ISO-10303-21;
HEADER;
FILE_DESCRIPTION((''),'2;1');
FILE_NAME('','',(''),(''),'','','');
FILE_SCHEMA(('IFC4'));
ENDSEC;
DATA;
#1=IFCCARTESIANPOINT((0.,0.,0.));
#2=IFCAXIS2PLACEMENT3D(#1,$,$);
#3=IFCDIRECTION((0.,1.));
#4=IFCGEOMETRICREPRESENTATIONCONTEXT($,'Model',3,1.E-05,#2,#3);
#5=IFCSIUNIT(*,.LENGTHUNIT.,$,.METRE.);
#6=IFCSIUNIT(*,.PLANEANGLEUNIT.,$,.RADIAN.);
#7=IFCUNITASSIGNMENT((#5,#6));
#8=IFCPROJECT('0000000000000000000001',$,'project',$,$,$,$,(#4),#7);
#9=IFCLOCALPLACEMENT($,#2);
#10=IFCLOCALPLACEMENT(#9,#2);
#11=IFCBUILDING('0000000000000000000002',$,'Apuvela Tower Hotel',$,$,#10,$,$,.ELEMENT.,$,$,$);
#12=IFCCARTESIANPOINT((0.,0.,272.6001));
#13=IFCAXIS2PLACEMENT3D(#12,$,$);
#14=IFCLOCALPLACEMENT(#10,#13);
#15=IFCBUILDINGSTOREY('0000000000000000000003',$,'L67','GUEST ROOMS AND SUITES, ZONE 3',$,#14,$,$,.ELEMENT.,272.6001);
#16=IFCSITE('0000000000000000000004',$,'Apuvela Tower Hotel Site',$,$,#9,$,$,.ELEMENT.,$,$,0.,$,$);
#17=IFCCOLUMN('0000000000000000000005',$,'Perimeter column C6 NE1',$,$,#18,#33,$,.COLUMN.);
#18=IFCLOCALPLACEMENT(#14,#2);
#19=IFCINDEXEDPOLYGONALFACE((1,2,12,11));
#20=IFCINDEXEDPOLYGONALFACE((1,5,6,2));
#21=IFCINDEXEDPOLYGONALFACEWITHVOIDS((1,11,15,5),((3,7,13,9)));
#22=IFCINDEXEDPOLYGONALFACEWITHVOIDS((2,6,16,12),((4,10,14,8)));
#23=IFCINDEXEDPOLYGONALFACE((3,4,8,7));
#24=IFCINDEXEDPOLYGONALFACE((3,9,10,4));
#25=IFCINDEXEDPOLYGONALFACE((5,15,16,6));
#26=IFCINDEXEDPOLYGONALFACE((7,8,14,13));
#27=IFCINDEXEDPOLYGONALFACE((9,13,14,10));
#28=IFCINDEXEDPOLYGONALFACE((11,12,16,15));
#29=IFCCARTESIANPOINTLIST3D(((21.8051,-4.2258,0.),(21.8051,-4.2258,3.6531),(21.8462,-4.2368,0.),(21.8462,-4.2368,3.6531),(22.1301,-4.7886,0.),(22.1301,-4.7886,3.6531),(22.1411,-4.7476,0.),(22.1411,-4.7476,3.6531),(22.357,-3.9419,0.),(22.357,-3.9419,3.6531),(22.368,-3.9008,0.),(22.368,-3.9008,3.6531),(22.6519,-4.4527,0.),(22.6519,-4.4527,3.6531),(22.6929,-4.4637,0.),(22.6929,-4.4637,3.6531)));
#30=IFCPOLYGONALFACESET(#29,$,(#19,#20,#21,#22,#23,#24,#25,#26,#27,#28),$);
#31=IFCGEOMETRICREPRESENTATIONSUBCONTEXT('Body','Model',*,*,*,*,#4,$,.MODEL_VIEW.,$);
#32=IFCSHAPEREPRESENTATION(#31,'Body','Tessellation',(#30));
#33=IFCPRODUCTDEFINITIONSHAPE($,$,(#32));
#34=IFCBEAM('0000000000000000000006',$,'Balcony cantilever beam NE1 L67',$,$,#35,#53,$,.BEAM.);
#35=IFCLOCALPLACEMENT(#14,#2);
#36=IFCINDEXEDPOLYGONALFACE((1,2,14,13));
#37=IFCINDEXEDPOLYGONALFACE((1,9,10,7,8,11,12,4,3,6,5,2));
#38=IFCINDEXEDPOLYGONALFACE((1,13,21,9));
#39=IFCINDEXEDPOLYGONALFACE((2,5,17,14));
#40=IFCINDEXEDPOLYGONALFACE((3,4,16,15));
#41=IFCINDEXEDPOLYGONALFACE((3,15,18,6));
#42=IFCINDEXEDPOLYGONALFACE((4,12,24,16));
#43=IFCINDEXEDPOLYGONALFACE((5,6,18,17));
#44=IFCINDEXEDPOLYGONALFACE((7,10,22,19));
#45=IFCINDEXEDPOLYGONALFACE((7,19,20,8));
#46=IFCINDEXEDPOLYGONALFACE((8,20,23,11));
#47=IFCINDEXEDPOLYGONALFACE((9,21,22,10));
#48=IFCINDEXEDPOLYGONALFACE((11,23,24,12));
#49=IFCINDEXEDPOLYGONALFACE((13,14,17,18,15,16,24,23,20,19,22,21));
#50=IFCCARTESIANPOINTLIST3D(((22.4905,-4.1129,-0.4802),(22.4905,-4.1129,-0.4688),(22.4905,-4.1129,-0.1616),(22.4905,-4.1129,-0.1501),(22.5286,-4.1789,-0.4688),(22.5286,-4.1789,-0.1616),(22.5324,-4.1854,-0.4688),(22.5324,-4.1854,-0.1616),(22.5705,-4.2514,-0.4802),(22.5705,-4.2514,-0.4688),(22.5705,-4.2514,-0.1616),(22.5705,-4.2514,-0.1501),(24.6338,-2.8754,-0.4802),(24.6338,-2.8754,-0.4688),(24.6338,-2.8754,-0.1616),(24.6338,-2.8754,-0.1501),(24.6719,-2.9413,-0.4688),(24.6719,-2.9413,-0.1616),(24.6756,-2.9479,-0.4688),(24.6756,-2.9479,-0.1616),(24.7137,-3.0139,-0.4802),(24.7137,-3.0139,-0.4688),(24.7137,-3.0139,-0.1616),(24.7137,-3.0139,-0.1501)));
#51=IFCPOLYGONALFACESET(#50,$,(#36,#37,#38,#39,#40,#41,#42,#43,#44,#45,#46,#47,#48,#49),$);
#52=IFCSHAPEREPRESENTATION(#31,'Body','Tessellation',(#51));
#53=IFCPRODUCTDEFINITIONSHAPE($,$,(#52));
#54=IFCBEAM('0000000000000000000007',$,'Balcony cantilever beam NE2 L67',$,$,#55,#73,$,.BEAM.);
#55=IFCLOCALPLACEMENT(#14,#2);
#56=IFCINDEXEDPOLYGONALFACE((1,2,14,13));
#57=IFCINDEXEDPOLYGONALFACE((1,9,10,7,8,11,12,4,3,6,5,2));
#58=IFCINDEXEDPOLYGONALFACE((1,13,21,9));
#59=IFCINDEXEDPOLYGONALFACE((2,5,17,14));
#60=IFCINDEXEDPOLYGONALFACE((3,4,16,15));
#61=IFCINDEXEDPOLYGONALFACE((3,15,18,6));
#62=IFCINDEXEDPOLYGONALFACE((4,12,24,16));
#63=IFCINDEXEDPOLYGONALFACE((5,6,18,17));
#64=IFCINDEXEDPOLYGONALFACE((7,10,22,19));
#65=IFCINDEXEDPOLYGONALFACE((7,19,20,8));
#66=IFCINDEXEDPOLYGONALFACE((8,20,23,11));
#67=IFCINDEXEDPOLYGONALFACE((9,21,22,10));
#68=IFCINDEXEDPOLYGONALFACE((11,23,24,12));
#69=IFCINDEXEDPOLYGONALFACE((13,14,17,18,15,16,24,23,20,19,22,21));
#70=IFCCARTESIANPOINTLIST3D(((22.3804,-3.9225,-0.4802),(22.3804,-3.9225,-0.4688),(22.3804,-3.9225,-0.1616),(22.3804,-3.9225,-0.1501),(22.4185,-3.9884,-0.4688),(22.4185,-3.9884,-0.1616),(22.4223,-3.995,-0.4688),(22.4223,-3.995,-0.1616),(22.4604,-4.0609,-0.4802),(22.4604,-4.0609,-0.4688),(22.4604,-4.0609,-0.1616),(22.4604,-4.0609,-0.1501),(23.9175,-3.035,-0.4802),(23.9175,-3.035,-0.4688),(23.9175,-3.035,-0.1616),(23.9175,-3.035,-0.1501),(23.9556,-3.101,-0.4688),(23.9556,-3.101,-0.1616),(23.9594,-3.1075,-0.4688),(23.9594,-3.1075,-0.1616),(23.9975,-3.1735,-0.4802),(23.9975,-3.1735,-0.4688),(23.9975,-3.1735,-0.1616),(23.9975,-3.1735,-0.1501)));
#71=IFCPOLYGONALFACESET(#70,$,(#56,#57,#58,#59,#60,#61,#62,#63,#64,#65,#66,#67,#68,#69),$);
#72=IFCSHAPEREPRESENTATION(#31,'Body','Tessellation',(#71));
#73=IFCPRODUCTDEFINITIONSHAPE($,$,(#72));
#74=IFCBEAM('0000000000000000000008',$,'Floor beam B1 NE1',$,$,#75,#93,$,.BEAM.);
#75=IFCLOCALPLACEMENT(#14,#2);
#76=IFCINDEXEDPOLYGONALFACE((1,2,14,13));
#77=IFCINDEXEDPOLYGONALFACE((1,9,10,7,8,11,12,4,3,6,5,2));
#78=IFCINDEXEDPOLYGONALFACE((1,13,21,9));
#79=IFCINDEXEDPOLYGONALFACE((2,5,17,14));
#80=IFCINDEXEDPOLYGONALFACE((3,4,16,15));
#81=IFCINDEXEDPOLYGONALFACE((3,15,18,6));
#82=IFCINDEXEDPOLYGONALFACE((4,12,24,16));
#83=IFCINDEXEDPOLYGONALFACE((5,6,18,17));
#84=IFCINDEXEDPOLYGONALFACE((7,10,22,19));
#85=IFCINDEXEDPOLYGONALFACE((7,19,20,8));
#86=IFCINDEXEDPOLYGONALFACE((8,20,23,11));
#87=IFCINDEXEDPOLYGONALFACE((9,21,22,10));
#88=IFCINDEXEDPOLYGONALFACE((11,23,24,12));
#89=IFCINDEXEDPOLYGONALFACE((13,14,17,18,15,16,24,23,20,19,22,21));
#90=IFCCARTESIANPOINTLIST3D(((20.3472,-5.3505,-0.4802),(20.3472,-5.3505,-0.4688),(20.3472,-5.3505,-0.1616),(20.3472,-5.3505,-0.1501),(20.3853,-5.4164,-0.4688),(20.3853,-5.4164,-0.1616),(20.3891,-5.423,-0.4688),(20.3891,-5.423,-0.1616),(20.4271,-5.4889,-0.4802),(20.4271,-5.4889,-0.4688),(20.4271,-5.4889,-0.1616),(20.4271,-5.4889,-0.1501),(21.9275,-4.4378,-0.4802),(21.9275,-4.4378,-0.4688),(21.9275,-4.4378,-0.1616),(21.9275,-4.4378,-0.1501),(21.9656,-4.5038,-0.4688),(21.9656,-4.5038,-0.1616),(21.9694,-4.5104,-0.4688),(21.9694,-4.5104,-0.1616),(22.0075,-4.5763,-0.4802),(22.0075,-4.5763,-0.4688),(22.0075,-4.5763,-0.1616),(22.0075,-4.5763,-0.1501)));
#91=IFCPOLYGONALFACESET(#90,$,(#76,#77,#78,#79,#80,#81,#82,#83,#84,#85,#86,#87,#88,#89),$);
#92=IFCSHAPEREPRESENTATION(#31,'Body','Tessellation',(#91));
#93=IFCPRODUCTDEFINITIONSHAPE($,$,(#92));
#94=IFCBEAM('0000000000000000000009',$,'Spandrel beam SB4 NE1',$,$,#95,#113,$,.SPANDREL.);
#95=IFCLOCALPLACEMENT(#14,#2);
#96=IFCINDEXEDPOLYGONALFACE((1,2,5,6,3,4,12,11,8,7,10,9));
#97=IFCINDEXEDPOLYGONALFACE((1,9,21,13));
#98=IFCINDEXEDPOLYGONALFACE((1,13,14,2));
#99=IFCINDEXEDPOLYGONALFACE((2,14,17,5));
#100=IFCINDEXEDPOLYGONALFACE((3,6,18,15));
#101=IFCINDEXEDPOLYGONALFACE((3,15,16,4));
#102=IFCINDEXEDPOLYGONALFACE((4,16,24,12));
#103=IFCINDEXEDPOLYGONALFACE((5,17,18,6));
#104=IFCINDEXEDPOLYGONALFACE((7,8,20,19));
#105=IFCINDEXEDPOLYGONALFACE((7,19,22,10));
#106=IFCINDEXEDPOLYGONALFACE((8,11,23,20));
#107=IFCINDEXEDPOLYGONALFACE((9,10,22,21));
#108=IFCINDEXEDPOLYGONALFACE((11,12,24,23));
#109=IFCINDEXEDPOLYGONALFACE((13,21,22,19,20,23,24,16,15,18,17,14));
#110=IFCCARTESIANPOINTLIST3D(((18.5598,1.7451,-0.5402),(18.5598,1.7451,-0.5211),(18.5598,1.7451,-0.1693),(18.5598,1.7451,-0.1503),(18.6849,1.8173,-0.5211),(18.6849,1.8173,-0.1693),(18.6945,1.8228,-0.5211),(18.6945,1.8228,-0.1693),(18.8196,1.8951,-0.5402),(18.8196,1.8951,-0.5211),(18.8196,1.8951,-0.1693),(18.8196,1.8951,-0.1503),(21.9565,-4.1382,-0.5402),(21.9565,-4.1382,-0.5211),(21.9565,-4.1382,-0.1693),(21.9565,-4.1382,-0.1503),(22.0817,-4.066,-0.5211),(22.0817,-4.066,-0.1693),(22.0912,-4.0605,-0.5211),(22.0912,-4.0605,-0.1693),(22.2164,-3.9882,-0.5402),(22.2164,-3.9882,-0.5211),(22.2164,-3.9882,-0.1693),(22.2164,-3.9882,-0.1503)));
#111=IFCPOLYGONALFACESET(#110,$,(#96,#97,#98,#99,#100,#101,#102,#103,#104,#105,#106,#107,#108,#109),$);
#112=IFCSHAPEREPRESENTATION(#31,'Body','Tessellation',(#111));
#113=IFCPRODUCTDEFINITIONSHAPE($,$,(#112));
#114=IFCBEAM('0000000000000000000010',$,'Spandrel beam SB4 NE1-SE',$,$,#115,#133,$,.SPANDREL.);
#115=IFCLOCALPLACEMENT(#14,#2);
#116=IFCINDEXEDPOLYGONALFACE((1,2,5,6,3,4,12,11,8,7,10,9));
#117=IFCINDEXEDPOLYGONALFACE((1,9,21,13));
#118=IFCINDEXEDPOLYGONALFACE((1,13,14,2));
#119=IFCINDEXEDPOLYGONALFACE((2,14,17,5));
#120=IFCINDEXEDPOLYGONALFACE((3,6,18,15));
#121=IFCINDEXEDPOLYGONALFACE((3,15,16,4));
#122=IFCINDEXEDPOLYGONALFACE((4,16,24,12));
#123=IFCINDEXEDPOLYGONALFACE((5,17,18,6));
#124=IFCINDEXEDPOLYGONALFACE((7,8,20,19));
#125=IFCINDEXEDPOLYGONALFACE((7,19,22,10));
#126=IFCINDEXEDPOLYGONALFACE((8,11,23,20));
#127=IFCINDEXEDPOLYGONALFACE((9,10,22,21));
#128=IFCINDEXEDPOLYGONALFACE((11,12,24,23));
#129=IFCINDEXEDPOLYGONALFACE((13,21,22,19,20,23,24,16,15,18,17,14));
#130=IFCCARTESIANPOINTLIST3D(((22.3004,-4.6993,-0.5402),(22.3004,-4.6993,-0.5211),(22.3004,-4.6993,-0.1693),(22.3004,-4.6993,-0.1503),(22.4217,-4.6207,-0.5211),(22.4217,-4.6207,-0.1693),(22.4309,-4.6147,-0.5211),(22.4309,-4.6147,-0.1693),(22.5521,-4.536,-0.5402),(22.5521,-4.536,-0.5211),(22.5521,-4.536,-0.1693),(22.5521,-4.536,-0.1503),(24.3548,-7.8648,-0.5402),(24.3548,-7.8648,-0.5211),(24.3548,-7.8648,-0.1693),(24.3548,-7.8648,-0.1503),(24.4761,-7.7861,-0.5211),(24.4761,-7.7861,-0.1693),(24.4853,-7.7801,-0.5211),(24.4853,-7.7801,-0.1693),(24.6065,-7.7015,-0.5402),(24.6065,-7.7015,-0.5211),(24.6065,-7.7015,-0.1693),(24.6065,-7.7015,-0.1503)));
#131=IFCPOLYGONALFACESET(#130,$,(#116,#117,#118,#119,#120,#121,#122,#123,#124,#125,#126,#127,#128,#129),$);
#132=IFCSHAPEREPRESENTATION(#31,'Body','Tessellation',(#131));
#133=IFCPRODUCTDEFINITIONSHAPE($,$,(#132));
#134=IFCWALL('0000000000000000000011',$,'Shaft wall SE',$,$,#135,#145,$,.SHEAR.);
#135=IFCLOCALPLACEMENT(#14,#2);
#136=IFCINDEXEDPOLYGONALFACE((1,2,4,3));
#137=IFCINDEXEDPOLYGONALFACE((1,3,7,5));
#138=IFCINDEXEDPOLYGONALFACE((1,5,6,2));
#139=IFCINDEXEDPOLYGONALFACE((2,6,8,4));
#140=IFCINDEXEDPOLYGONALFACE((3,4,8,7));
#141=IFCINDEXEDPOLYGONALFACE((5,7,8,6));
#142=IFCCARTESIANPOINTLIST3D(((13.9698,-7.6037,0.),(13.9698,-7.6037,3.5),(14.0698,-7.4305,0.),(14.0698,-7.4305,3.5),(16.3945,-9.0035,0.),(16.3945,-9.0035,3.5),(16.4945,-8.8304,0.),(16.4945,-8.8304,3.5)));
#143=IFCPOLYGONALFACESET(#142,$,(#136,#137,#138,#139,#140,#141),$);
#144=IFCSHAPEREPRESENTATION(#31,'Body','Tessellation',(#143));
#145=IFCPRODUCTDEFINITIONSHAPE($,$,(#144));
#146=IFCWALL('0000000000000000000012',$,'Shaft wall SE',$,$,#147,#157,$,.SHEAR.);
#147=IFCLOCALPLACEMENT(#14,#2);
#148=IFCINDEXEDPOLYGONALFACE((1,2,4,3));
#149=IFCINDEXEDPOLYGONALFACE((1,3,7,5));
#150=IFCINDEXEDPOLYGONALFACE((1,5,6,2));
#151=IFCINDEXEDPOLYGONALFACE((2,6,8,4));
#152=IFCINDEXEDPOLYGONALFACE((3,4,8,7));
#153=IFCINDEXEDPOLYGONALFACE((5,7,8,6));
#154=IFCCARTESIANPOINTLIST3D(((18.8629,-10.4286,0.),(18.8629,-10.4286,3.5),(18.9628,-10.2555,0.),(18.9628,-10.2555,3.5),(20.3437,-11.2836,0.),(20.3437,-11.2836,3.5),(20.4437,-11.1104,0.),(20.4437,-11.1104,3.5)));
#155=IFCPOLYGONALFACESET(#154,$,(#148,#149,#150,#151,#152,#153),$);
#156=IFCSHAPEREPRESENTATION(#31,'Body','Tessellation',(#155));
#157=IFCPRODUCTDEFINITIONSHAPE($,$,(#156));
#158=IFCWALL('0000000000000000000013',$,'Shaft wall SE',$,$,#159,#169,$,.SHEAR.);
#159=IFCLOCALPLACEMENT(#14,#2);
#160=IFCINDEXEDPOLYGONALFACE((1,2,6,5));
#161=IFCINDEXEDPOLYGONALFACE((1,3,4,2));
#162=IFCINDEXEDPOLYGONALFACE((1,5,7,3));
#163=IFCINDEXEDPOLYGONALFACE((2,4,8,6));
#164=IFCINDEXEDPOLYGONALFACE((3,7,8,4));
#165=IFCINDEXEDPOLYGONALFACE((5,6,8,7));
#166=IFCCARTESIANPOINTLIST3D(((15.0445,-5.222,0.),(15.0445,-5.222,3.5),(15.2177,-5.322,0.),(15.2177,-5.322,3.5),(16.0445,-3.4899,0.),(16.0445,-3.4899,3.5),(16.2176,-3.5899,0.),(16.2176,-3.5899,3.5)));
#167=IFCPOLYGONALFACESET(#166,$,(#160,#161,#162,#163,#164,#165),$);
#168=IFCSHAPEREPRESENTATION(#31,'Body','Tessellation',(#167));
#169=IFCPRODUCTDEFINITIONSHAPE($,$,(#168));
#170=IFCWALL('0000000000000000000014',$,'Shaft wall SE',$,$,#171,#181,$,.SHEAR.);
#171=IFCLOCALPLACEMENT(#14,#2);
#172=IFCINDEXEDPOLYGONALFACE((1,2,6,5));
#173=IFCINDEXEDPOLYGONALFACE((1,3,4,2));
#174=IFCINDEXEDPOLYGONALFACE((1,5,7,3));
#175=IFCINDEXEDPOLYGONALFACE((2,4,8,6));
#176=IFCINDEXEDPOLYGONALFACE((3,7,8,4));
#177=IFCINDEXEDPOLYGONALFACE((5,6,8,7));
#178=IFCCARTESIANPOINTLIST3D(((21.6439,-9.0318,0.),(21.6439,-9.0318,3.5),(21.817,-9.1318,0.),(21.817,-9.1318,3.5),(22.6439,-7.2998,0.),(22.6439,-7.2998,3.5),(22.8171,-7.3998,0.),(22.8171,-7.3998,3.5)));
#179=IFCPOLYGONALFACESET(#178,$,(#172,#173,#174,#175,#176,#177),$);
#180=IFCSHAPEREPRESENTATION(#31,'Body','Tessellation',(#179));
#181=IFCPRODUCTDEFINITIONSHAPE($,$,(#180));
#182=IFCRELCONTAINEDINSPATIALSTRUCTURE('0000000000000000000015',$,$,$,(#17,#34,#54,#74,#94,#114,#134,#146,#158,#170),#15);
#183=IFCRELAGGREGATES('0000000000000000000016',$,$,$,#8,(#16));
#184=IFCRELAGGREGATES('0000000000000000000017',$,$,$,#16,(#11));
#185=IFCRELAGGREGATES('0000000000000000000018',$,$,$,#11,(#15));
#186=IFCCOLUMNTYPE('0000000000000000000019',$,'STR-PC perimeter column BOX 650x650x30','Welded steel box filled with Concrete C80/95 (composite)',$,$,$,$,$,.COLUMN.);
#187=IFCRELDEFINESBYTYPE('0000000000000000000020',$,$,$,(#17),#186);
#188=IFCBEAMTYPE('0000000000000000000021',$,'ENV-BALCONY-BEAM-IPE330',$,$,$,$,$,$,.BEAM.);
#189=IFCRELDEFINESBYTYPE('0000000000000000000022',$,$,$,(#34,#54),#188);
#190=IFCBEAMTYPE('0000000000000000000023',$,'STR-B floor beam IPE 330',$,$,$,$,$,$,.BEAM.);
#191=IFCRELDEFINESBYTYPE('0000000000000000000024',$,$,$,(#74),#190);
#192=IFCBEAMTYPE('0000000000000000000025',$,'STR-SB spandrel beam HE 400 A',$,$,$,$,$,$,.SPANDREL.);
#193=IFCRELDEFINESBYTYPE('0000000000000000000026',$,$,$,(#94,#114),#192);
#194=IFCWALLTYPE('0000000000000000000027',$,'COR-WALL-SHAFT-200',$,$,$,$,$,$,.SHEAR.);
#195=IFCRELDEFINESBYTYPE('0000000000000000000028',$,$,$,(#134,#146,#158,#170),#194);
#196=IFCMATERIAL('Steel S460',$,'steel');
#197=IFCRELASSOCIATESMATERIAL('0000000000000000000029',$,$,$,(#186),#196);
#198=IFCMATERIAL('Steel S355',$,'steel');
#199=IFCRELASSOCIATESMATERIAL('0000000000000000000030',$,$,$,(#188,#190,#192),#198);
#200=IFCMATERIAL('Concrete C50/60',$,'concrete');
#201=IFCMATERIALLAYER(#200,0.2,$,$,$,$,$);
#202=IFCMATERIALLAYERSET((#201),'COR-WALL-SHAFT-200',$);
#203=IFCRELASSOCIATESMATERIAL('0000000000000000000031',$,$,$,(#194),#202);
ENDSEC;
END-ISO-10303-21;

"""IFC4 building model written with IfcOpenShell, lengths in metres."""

from ifc_helpers import new_model, si_unit, direction, frame, frame_2d, origin, origin_2d, place, context, subcontext, project, spatial, rectangle, hollow_rectangle, i_section, extrude, boolean, halfspace, material, layer, layer_set, material_profile, profile_set, type_object, element, save


model = new_model("IFC4")

# Units and contexts
model_context = context("Model", 3, precision=1e-05, world=origin(), true_north=direction((0.0, 1.0)))
body_context = subcontext(model_context, "Body", "Model", "MODEL_VIEW")
ifc_project = project(units=[si_unit("LENGTHUNIT", "METRE"), si_unit("PLANEANGLEUNIT", "RADIAN")], contexts=[model_context])

# Site, building, storey
site_placement = place(None, origin())
site = spatial("IfcSite", under=ifc_project, at=site_placement, Name="Apuvela Tower Hotel Site", CompositionType="ELEMENT", RefElevation=0.0)
building_placement = place(site_placement, origin())
building = spatial("IfcBuilding", under=site, at=building_placement, Name="Apuvela Tower Hotel", CompositionType="ELEMENT")
storey_placement = place(building_placement, frame((0.0, 0.0, 272.6001)))
storey = spatial("IfcBuildingStorey", under=building, at=storey_placement, Name="L67", Description="GUEST ROOMS AND SUITES, ZONE 3", CompositionType="ELEMENT", Elevation=272.6001)

# Column
ifc_material_1 = material(Name="Steel S460", Category="steel")
ifc_material_profile_1 = material_profile(ifc_material_1, hollow_rectangle(XDim=0.6499, YDim=0.6499, WallThickness=0.03, at=origin_2d()), Name="BOX 650x650x30")
ifc_material_2 = material(Name="Concrete C80/95", Category="concrete")
ifc_material_profile_2 = material_profile(ifc_material_2, rectangle(XDim=0.5901, YDim=0.5901, at=origin_2d()), Name="Concrete C80/95 infill")
ifc_profile_set_1 = profile_set([ifc_material_profile_1, ifc_material_profile_2], Name="Steel S460")
column_type = type_object("IfcColumnType", Name="STR-PC perimeter column BOX 650x650x30", Description="Welded steel box filled with Concrete C80/95 (composite)", PredefinedType="COLUMN", material=ifc_profile_set_1)
column_placement = place(storey_placement, frame((22.249, -4.3447, 0.0), z_axis=(0.0, 0.0, 1.0), x_axis=(-0.5, 0.866025, 0.0)))
element("IfcColumn", 1, at=column_placement, inside=storey, type_object=column_type, Name="Perimeter column C6 NE1", PredefinedType="COLUMN", context=body_context, shape_type="SweptSolid", body=[
    boolean("DIFFERENCE", extrude(hollow_rectangle(XDim=0.6499, YDim=0.6499, WallThickness=0.03, at=origin_2d()), origin(), (0.0, 0.0, 1.0), 3.7), halfspace(frame((0.0, 0.0, 3.6531), z_axis=(0.0, 0.0, 1.0), x_axis=(1.0, 0.0, 0.0)), False)),
])

# Beams
ifc_material_3 = material(Name="Steel S355", Category="steel")
ifc_material_profile_3 = material_profile(ifc_material_3, i_section(OverallWidth=0.1599, OverallDepth=0.3301, WebThickness=0.0076, FlangeThickness=0.0115, at=origin_2d()), Name="IPE 330")
ifc_profile_set_2 = profile_set([ifc_material_profile_3], Name="Steel S355")
beam_type_1 = type_object("IfcBeamType", Name="ENV-BALCONY-BEAM-IPE330", PredefinedType="BEAM", material=ifc_profile_set_2)
beam_1_placement = place(storey_placement, frame((22.5305, -4.1821, -0.3152), z_axis=(0.866007, 0.500033, 0.0), x_axis=(-0.500033, 0.866007, 0.0)))
element("IfcBeam", 2, at=beam_1_placement, inside=storey, type_object=beam_type_1, Name="Balcony cantilever beam NE1 L67", PredefinedType="BEAM", context=body_context, shape_type="SweptSolid", body=[
    extrude(i_section(OverallWidth=0.1599, OverallDepth=0.3301, WebThickness=0.0076, FlangeThickness=0.0115, at=origin_2d()), origin(), (0.0, 0.0, 1.0), 2.4749),
])
beam_2_placement = place(storey_placement, frame((22.4204, -3.9917, -0.3152), z_axis=(0.866025, 0.5, 0.0), x_axis=(-0.5, 0.866025, 0.0)))
element("IfcBeam", 3, at=beam_2_placement, inside=storey, type_object=beam_type_1, Name="Balcony cantilever beam NE2 L67", PredefinedType="BEAM", context=body_context, shape_type="SweptSolid", body=[
    extrude(i_section(OverallWidth=0.1599, OverallDepth=0.3301, WebThickness=0.0076, FlangeThickness=0.0115, at=origin_2d()), origin(), (0.0, 0.0, 1.0), 1.7749),
])
ifc_material_profile_4 = material_profile(ifc_material_3, i_section(OverallWidth=0.1599, OverallDepth=0.3301, WebThickness=0.0076, FlangeThickness=0.0115, at=origin_2d()), Name="IPE 330")
ifc_profile_set_3 = profile_set([ifc_material_profile_4], Name="Steel S355")
beam_type_2 = type_object("IfcBeamType", Name="STR-B floor beam IPE 330", PredefinedType="BEAM", material=ifc_profile_set_3)
beam_3_placement = place(storey_placement, frame((21.9675, -4.5071, -0.3152), z_axis=(-0.865978, -0.500081, 0.0), x_axis=(0.500081, -0.865978, 0.0)))
element("IfcBeam", 4, at=beam_3_placement, inside=storey, type_object=beam_type_2, Name="Floor beam B1 NE1", PredefinedType="BEAM", context=body_context, shape_type="SweptSolid", body=[
    extrude(i_section(OverallWidth=0.1599, OverallDepth=0.3301, WebThickness=0.0076, FlangeThickness=0.0115, at=origin_2d()), origin(), (0.0, 0.0, 1.0), 1.825),
])
ifc_material_profile_5 = material_profile(ifc_material_3, i_section(OverallWidth=0.3, OverallDepth=0.3899, WebThickness=0.011, FlangeThickness=0.019, at=origin_2d()), Name="HE 400 A")
ifc_profile_set_4 = profile_set([ifc_material_profile_5], Name="Steel S355")
beam_type_3 = type_object("IfcBeamType", Name="STR-SB spandrel beam HE 400 A", PredefinedType="SPANDREL", material=ifc_profile_set_4)
beam_4_placement = place(storey_placement, frame((22.0864, -4.0632, -0.3452), z_axis=(-0.5, 0.866025, 0.0), x_axis=(-0.866025, -0.5, 0.0)))
element("IfcBeam", 5, at=beam_4_placement, inside=storey, type_object=beam_type_3, Name="Spandrel beam SB4 NE1", PredefinedType="SPANDREL", context=body_context, shape_type="SweptSolid", body=[
    extrude(i_section(OverallWidth=0.3, OverallDepth=0.3899, WebThickness=0.011, FlangeThickness=0.019, at=origin_2d()), origin(), (0.0, 0.0, 1.0), 6.7935),
])
beam_5_placement = place(storey_placement, frame((22.4263, -4.6177, -0.3452), z_axis=(0.544402, -0.838825, 0.0), x_axis=(0.838825, 0.544402, 0.0)))
element("IfcBeam", 6, at=beam_5_placement, inside=storey, type_object=beam_type_3, Name="Spandrel beam SB4 NE1-SE", PredefinedType="SPANDREL", context=body_context, shape_type="SweptSolid", body=[
    extrude(i_section(OverallWidth=0.3, OverallDepth=0.3899, WebThickness=0.011, FlangeThickness=0.019, at=origin_2d()), origin(), (0.0, 0.0, 1.0), 3.7737),
])

# Walls
ifc_material_4 = material(Name="Concrete C50/60", Category="concrete")
ifc_layer_1 = layer(ifc_material_4, 0.2)
ifc_layer_set_1 = layer_set([ifc_layer_1], Name="COR-WALL-SHAFT-200")
wall_type_1 = type_object("IfcWallType", Name="COR-WALL-SHAFT-200", PredefinedType="SHEAR", material=ifc_layer_set_1)
wall_1_placement = place(storey_placement, frame((14.0198, -7.5171, 0.0), z_axis=(0.0, 0.0, 1.0), x_axis=(0.866035, -0.499984, 0.0)))
element("IfcWall", 7, at=wall_1_placement, inside=storey, type_object=wall_type_1, Name="Shaft wall SE", PredefinedType="SHEAR", context=body_context, shape_type="SweptSolid", body=[
    extrude(rectangle(XDim=2.7998, YDim=0.2, at=frame_2d((1.3999, 0.0))), origin(), (0.0, 0.0, 1.0), 3.5),
])
wall_2_placement = place(storey_placement, frame((18.9128, -10.342, 0.0), z_axis=(0.0, 0.0, 1.0), x_axis=(0.866038, -0.499978, 0.0)))
element("IfcWall", 8, at=wall_2_placement, inside=storey, type_object=wall_type_1, Name="Shaft wall SE", PredefinedType="SHEAR", context=body_context, shape_type="SweptSolid", body=[
    extrude(rectangle(XDim=1.71, YDim=0.2, at=frame_2d((0.855, 0.0))), origin(), (0.0, 0.0, 1.0), 3.5),
])
for number, where, z_axis, x_axis, name in (
    (9, (15.1311, -5.272, 0.0), (0.0, 0.0, 1.0), (0.499973, 0.866041, 0.0), "Shaft wall SE"),
    (10, (21.7305, -9.0818, 0.0), (0.0, 0.0, 1.0), (0.500025, 0.866011, 0.0), "Shaft wall SE"),
):
    element("IfcWall", number, at=place(storey_placement, frame(where, z_axis=z_axis, x_axis=x_axis)), inside=storey, type_object=wall_type_1, Name=name, PredefinedType="SHEAR", context=body_context, shape_type="SweptSolid", body=[
        extrude(rectangle(XDim=2.0, YDim=0.2, at=frame_2d((1.0, 0.0))), origin(), (0.0, 0.0, 1.0), 3.5),
    ])

save(model, "model.ifc")
